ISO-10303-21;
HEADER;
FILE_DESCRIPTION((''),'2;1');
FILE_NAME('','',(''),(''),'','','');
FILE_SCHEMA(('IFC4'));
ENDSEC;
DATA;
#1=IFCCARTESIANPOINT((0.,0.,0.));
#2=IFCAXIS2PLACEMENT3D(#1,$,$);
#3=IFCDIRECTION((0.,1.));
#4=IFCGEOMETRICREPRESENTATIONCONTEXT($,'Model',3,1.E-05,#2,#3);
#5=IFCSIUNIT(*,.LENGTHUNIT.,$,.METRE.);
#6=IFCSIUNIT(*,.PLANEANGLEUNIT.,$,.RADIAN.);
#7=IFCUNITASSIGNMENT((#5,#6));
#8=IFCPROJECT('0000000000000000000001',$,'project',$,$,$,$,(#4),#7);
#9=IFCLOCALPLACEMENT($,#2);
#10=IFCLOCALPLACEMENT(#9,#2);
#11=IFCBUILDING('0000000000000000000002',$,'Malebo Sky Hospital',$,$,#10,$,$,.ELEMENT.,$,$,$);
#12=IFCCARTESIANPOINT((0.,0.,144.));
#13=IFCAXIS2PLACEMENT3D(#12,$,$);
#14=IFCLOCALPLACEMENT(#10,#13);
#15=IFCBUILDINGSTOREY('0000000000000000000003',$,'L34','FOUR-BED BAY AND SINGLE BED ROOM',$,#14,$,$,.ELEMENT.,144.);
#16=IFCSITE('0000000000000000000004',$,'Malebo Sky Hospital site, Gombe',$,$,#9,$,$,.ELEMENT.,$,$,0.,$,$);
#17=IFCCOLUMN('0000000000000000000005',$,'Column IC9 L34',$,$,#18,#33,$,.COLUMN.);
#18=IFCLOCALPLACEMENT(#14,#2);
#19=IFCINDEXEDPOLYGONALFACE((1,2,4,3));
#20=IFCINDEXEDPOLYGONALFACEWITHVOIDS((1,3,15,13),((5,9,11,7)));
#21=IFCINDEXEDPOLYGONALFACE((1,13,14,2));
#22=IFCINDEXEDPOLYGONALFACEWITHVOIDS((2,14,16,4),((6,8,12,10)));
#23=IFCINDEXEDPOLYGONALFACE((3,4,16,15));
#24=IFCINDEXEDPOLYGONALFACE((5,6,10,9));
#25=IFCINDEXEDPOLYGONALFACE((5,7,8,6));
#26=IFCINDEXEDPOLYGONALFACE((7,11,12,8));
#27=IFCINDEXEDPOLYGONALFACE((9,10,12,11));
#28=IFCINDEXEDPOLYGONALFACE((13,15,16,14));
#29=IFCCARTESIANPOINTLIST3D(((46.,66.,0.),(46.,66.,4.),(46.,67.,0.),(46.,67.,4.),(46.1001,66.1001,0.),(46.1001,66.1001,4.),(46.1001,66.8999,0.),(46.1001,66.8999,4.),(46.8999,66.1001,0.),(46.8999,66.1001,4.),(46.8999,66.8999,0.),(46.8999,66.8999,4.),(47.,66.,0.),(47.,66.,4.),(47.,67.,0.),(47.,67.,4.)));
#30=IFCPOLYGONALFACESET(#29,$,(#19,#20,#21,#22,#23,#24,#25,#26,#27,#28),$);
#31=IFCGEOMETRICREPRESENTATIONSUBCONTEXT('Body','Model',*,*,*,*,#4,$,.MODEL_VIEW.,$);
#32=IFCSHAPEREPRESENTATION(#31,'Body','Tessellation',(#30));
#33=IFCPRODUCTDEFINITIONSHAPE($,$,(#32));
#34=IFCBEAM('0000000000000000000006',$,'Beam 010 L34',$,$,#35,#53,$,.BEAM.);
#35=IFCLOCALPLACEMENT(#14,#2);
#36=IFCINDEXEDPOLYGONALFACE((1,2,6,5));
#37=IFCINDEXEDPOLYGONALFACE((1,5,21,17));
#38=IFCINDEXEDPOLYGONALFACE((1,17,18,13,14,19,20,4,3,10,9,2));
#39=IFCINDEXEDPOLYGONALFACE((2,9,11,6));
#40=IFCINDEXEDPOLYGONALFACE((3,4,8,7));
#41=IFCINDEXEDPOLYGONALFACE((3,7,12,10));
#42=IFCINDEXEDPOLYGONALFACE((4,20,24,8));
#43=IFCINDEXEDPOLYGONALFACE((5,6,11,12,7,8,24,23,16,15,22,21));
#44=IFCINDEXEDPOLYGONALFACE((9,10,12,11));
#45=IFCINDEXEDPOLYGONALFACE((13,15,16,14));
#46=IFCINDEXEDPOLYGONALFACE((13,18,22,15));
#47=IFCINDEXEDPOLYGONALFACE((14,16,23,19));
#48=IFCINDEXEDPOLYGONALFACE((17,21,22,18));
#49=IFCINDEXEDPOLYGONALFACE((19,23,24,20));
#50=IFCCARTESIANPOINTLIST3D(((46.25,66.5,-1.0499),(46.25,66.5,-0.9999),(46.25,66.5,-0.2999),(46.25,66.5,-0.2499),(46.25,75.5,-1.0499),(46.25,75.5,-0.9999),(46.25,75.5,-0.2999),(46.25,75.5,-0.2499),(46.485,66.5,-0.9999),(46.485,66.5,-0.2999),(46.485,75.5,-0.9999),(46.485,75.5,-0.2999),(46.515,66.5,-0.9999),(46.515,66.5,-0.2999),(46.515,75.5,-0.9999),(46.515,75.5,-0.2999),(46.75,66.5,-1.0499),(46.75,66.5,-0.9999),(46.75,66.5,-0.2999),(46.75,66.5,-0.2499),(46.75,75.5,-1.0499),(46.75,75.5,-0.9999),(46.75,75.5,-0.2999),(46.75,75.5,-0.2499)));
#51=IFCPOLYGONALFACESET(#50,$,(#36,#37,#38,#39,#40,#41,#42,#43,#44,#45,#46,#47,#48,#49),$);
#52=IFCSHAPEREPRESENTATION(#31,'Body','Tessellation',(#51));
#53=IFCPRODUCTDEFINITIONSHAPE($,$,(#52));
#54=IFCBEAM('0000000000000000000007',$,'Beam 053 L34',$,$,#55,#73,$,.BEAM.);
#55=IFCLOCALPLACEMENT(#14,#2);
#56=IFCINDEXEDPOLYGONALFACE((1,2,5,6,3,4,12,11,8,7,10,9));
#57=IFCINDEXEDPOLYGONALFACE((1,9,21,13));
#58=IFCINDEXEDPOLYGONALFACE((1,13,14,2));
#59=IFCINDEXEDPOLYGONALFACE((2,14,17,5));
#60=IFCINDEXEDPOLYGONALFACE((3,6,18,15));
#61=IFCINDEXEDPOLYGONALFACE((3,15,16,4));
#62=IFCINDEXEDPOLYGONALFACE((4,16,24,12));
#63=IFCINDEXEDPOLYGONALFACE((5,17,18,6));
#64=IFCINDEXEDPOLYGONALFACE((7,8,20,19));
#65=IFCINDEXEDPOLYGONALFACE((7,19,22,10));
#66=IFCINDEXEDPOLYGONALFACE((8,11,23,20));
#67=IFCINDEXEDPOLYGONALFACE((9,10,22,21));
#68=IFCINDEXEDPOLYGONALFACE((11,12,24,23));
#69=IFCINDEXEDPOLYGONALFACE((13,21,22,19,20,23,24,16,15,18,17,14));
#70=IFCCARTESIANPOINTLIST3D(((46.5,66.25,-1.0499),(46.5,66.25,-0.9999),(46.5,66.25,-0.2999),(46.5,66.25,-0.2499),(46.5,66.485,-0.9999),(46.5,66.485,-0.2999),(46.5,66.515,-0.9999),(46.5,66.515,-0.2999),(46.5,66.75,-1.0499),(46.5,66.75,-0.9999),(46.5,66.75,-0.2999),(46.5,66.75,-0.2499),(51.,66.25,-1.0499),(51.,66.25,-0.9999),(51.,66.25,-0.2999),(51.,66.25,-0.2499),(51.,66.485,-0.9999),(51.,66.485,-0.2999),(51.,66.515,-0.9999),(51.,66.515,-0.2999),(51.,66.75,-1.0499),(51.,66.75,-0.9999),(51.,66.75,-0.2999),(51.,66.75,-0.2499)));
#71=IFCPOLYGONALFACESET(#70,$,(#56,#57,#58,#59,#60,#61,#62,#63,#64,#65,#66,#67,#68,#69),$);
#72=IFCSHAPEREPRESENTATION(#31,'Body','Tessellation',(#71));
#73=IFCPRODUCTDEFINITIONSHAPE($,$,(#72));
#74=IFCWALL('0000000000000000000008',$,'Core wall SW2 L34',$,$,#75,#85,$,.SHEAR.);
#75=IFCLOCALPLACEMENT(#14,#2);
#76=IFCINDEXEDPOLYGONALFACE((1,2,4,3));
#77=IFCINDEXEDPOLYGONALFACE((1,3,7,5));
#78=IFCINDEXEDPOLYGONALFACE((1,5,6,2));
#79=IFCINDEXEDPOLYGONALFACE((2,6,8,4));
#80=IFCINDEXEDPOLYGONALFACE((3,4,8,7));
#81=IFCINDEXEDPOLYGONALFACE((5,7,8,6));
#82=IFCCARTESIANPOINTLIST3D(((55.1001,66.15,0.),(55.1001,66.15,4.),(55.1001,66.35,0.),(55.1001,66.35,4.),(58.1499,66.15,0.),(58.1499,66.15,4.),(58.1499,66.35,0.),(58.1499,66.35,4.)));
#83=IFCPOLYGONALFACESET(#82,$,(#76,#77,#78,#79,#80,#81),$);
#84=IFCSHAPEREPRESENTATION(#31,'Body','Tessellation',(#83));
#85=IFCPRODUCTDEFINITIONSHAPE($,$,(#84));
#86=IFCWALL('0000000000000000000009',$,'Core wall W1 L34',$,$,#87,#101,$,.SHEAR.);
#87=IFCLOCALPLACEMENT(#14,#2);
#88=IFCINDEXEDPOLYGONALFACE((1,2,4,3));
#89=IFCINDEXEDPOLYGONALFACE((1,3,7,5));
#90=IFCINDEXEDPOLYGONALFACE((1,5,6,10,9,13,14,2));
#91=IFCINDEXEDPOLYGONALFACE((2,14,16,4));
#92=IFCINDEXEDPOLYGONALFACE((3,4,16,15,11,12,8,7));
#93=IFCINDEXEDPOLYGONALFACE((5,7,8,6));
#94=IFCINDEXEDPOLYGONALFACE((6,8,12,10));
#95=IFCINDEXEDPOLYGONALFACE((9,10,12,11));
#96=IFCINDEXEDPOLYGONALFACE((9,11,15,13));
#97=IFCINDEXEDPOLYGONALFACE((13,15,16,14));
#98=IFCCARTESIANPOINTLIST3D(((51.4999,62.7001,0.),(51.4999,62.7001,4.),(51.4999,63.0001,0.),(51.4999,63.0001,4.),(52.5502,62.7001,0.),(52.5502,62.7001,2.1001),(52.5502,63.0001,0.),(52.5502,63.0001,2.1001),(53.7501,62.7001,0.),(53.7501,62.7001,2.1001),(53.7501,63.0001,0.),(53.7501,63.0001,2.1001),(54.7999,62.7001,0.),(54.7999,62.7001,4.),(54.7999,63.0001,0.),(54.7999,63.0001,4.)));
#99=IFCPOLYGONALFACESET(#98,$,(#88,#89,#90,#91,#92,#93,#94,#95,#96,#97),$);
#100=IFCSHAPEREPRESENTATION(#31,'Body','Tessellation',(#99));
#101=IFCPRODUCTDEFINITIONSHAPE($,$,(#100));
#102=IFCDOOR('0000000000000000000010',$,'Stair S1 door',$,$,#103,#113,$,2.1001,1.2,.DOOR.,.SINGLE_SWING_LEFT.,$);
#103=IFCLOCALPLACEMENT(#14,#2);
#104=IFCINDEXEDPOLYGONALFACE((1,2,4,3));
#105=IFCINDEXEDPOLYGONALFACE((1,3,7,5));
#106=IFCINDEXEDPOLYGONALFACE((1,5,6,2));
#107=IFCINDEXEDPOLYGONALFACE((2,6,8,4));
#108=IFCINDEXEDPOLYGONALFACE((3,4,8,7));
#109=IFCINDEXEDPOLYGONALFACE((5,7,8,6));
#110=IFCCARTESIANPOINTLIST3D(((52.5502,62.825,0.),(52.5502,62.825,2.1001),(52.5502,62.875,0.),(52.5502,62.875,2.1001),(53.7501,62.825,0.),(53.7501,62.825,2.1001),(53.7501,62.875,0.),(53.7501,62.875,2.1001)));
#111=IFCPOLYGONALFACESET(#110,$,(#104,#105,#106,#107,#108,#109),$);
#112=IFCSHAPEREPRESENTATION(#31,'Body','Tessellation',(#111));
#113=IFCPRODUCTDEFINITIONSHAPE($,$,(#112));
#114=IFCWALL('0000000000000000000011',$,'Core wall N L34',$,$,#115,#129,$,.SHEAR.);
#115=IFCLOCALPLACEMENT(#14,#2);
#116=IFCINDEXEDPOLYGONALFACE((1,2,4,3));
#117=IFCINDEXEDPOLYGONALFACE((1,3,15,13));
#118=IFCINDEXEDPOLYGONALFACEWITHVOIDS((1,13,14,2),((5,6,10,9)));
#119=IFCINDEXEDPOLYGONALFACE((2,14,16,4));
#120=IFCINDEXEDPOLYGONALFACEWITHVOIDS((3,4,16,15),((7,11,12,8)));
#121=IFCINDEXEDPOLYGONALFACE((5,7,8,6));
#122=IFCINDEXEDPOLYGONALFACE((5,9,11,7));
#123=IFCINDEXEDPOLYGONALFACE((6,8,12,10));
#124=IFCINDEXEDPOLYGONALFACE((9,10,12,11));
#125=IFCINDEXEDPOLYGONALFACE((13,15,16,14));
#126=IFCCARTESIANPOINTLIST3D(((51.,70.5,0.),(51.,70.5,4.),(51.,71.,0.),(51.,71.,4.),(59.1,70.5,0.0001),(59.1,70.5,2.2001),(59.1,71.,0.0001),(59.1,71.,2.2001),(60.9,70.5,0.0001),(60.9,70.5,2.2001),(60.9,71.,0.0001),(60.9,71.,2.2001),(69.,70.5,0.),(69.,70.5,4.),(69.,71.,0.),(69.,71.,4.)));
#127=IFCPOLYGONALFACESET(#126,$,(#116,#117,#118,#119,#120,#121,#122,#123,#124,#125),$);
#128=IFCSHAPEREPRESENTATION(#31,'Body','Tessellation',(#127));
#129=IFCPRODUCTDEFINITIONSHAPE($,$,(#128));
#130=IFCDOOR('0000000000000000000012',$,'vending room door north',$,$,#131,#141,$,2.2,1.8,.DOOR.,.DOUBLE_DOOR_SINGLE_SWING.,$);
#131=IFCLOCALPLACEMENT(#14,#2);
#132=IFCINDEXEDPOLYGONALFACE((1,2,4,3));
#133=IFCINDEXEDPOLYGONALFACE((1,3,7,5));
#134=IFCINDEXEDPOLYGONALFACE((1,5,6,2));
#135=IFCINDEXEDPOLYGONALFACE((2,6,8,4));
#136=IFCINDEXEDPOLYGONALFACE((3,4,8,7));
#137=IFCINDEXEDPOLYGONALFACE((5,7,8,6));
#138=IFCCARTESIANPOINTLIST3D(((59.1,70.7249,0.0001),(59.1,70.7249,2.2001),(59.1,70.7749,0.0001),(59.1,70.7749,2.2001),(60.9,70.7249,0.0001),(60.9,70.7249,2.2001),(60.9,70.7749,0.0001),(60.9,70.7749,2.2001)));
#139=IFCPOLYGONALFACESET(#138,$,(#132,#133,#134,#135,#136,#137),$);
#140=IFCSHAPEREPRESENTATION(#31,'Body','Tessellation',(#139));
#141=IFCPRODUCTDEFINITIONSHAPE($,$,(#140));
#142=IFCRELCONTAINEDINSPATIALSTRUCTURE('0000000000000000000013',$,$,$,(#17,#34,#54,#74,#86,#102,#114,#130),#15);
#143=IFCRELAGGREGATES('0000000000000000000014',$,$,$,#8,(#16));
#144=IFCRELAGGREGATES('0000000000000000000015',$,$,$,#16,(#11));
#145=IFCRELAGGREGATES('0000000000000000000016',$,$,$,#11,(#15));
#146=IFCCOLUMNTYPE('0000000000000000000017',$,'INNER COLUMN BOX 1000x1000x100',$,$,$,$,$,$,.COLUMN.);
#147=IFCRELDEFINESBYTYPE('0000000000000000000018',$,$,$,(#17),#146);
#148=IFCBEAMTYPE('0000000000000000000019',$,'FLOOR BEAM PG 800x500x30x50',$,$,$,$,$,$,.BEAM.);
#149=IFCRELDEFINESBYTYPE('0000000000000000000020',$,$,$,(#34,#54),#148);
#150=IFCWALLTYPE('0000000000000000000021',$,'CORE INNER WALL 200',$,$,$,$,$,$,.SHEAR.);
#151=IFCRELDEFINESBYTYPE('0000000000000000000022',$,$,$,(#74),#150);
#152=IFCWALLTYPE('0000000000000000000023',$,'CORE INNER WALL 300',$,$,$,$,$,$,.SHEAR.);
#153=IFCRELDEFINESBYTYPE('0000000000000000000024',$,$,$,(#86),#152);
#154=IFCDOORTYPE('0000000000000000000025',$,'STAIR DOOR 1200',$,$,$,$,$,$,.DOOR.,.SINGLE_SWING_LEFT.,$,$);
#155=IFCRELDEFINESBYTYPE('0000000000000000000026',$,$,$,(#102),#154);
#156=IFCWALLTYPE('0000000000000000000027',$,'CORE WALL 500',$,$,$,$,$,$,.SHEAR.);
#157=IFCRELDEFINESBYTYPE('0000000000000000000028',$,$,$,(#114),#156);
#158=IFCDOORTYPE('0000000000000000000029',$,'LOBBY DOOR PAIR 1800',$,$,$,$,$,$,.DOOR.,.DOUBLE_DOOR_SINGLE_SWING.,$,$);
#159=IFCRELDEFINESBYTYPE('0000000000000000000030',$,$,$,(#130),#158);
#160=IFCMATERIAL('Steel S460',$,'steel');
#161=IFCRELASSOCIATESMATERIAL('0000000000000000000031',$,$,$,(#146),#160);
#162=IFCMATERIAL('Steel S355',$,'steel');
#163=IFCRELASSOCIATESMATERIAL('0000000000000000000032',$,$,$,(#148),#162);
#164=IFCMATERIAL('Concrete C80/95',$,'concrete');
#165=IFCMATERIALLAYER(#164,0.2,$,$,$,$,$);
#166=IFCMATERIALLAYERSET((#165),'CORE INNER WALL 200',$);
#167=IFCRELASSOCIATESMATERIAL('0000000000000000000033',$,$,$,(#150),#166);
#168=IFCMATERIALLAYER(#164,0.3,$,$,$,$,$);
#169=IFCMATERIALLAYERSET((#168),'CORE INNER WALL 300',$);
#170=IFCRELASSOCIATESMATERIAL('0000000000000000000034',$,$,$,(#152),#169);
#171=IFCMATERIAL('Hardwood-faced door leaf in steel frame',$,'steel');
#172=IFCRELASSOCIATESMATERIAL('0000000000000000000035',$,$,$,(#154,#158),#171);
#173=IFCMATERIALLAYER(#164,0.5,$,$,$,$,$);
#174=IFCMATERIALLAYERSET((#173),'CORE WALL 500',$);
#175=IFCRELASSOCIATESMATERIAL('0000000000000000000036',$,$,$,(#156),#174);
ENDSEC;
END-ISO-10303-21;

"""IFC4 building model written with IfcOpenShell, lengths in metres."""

from ifc_helpers import new_model, si_unit, direction, frame, frame_2d, origin, origin_2d, place, context, subcontext, project, spatial, rectangle, hollow_rectangle, i_section, extrude, material, layer, layer_set, material_profile, profile_set, type_object, element, fill, save


model = new_model("IFC4")

# Units and contexts
model_context = context("Model", 3, precision=1e-05, world=origin(), true_north=direction((0.0, 1.0)))
body_context = subcontext(model_context, "Body", "Model", "MODEL_VIEW")
ifc_project = project(units=[si_unit("LENGTHUNIT", "METRE"), si_unit("PLANEANGLEUNIT", "RADIAN")], contexts=[model_context])

# Site, building, storey
site_placement = place(None, origin())
site = spatial("IfcSite", under=ifc_project, at=site_placement, Name="Malebo Sky Hospital site, Gombe", CompositionType="ELEMENT", RefElevation=0.0)
building_placement = place(site_placement, origin())
building = spatial("IfcBuilding", under=site, at=building_placement, Name="Malebo Sky Hospital", CompositionType="ELEMENT")
storey_placement = place(building_placement, frame((0.0, 0.0, 144.0)))
storey = spatial("IfcBuildingStorey", under=building, at=storey_placement, Name="L34", Description="FOUR-BED BAY AND SINGLE BED ROOM", CompositionType="ELEMENT", Elevation=144.0)

# Column
ifc_material_1 = material(Name="Steel S460", Category="steel")
ifc_material_profile_1 = material_profile(ifc_material_1, hollow_rectangle(XDim=1.0, YDim=1.0, WallThickness=0.1001, at=origin_2d()), Name="BOX 1000x1000x100")
ifc_profile_set_1 = profile_set([ifc_material_profile_1], Name="Steel S460")
column_type = type_object("IfcColumnType", Name="INNER COLUMN BOX 1000x1000x100", PredefinedType="COLUMN", material=ifc_profile_set_1)
column_placement = place(storey_placement, frame((46.5, 66.5, 0.0), z_axis=(0.0, 0.0, 1.0), x_axis=(1.0, 0.0, 0.0)))
element("IfcColumn", 1, at=column_placement, inside=storey, type_object=column_type, Name="Column IC9 L34", PredefinedType="COLUMN", context=body_context, shape_type="SweptSolid", body=[
    extrude(hollow_rectangle(XDim=1.0, YDim=1.0, WallThickness=0.1001, at=origin_2d()), origin(), (0.0, 0.0, 1.0), 4.0),
])

# Beams
ifc_material_2 = material(Name="Steel S355", Category="steel")
ifc_material_profile_2 = material_profile(ifc_material_2, i_section(OverallWidth=0.5, OverallDepth=0.8, WebThickness=0.03, FlangeThickness=0.05, at=origin_2d()), Name="PG 800x500x30x50")
ifc_profile_set_2 = profile_set([ifc_material_profile_2], Name="Steel S355")
beam_type = type_object("IfcBeamType", Name="FLOOR BEAM PG 800x500x30x50", PredefinedType="BEAM", material=ifc_profile_set_2)
beam_1_placement = place(storey_placement, frame((46.5, 66.5, -0.6499), z_axis=(0.0, 1.0, 0.0), x_axis=(-1.0, 0.0, 0.0)))
element("IfcBeam", 2, at=beam_1_placement, inside=storey, type_object=beam_type, Name="Beam 010 L34", PredefinedType="BEAM", context=body_context, shape_type="SweptSolid", body=[
    extrude(i_section(OverallWidth=0.5, OverallDepth=0.8, WebThickness=0.03, FlangeThickness=0.05, at=origin_2d()), origin(), (0.0, 0.0, 1.0), 9.0),
])
beam_2_placement = place(storey_placement, frame((46.5, 66.5, -0.6499), z_axis=(1.0, 0.0, 0.0), x_axis=(0.0, 1.0, 0.0)))
element("IfcBeam", 3, at=beam_2_placement, inside=storey, type_object=beam_type, Name="Beam 053 L34", PredefinedType="BEAM", context=body_context, shape_type="SweptSolid", body=[
    extrude(i_section(OverallWidth=0.5, OverallDepth=0.8, WebThickness=0.03, FlangeThickness=0.05, at=origin_2d()), origin(), (0.0, 0.0, 1.0), 4.5),
])

# Wall
ifc_material_3 = material(Name="Concrete C80/95", Category="concrete")
ifc_layer_1 = layer(ifc_material_3, 0.2)
ifc_layer_set_1 = layer_set([ifc_layer_1], Name="CORE INNER WALL 200")
wall_type_1 = type_object("IfcWallType", Name="CORE INNER WALL 200", PredefinedType="SHEAR", material=ifc_layer_set_1)
wall_1_placement = place(storey_placement, frame((55.1001, 66.25, 0.0), z_axis=(0.0, 0.0, 1.0), x_axis=(1.0, 0.0, 0.0)))
element("IfcWall", 4, at=wall_1_placement, inside=storey, type_object=wall_type_1, Name="Core wall SW2 L34", PredefinedType="SHEAR", context=body_context, shape_type="SweptSolid", body=[
    extrude(rectangle(XDim=3.0498, YDim=0.2, at=frame_2d((1.5249, 0.0))), origin(), (0.0, 0.0, 1.0), 4.0),
])

# Walls, openings, doors
ifc_layer_2 = layer(ifc_material_3, 0.3)
ifc_layer_set_2 = layer_set([ifc_layer_2], Name="CORE INNER WALL 300")
wall_type_2 = type_object("IfcWallType", Name="CORE INNER WALL 300", PredefinedType="SHEAR", material=ifc_layer_set_2)
wall_2_placement = place(storey_placement, frame((51.5, 62.8501, 0.0), z_axis=(0.0, 0.0, 1.0), x_axis=(1.0, 0.0, 0.0)))
wall_2 = element("IfcWall", 5, at=wall_2_placement, inside=storey, type_object=wall_type_2, Name="Core wall W1 L34", PredefinedType="SHEAR", context=body_context, shape_type="SweptSolid", body=[
    extrude(rectangle(XDim=3.3, YDim=0.3, at=frame_2d((1.6499, 0.0))), origin(), (0.0, 0.0, 1.0), 4.0),
])
opening_1_placement = place(wall_2_placement, frame((1.05, 0.0, 0.0)))
opening_1 = element("IfcOpeningElement", 6, at=opening_1_placement, cuts=wall_2, PredefinedType="OPENING", context=body_context, shape_type="SweptSolid", body=[
    extrude(rectangle(XDim=1.2, YDim=2.1001, at=frame_2d((0.6001, 1.05))), frame((0.0, 0.1599, 0.0), z_axis=(0.0, -1.0, 0.0), x_axis=(1.0, 0.0, 0.0)), (0.0, 0.0, 1.0), 0.3201),
])
ifc_material_4 = material(Name="Hardwood-faced door leaf in steel frame", Category="steel")
door_type_1 = type_object("IfcDoorType", Name="STAIR DOOR 1200", OperationType="SINGLE_SWING_LEFT", PredefinedType="DOOR", material=ifc_material_4)
door_1_placement = place(opening_1_placement, origin())
door_1 = element("IfcDoor", 7, at=door_1_placement, inside=storey, type_object=door_type_1, Name="Stair S1 door", OperationType="SINGLE_SWING_LEFT", OverallHeight=2.1001, OverallWidth=1.2, PredefinedType="DOOR", context=body_context, shape_type="SweptSolid", body=[
    extrude(rectangle(XDim=1.2, YDim=2.1001, at=frame_2d((0.6001, 1.05))), frame((0.0, 0.0249, 0.0), z_axis=(0.0, -1.0, 0.0), x_axis=(1.0, 0.0, 0.0)), (0.0, 0.0, 1.0), 0.05),
])
fill(opening_1, door_1)
ifc_layer_3 = layer(ifc_material_3, 0.5)
ifc_layer_set_3 = layer_set([ifc_layer_3], Name="CORE WALL 500")
wall_type_3 = type_object("IfcWallType", Name="CORE WALL 500", PredefinedType="SHEAR", material=ifc_layer_set_3)
wall_3_placement = place(storey_placement, frame((51.0, 70.75, 0.0), z_axis=(0.0, 0.0, 1.0), x_axis=(1.0, 0.0, 0.0)))
wall_3 = element("IfcWall", 8, at=wall_3_placement, inside=storey, type_object=wall_type_3, Name="Core wall N L34", PredefinedType="SHEAR", context=body_context, shape_type="SweptSolid", body=[
    extrude(rectangle(XDim=18.0, YDim=0.5, at=frame_2d((9.0, 0.0))), origin(), (0.0, 0.0, 1.0), 4.0),
])
opening_2_placement = place(wall_3_placement, frame((8.1001, 0.0, 0.0)))
opening_2 = element("IfcOpeningElement", 9, at=opening_2_placement, cuts=wall_3, PredefinedType="OPENING", context=body_context, shape_type="SweptSolid", body=[
    extrude(rectangle(XDim=1.8, YDim=2.2, at=frame_2d((0.8999, 1.1001))), frame((0.0, 0.26, 0.0), z_axis=(0.0, -1.0, 0.0), x_axis=(1.0, 0.0, 0.0)), (0.0, 0.0, 1.0), 0.52),
])
door_type_2 = type_object("IfcDoorType", Name="LOBBY DOOR PAIR 1800", OperationType="DOUBLE_DOOR_SINGLE_SWING", PredefinedType="DOOR", material=ifc_material_4)
door_2_placement = place(opening_2_placement, origin())
door_2 = element("IfcDoor", 10, at=door_2_placement, inside=storey, type_object=door_type_2, Name="vending room door north", OperationType="DOUBLE_DOOR_SINGLE_SWING", OverallHeight=2.2, OverallWidth=1.8, PredefinedType="DOOR", context=body_context, shape_type="SweptSolid", body=[
    extrude(rectangle(XDim=1.8, YDim=2.2, at=frame_2d((0.8999, 1.1001))), frame((0.0, 0.0249, 0.0), z_axis=(0.0, -1.0, 0.0), x_axis=(1.0, 0.0, 0.0)), (0.0, 0.0, 1.0), 0.05),
])
fill(opening_2, door_2)

save(model, "model.ifc")
